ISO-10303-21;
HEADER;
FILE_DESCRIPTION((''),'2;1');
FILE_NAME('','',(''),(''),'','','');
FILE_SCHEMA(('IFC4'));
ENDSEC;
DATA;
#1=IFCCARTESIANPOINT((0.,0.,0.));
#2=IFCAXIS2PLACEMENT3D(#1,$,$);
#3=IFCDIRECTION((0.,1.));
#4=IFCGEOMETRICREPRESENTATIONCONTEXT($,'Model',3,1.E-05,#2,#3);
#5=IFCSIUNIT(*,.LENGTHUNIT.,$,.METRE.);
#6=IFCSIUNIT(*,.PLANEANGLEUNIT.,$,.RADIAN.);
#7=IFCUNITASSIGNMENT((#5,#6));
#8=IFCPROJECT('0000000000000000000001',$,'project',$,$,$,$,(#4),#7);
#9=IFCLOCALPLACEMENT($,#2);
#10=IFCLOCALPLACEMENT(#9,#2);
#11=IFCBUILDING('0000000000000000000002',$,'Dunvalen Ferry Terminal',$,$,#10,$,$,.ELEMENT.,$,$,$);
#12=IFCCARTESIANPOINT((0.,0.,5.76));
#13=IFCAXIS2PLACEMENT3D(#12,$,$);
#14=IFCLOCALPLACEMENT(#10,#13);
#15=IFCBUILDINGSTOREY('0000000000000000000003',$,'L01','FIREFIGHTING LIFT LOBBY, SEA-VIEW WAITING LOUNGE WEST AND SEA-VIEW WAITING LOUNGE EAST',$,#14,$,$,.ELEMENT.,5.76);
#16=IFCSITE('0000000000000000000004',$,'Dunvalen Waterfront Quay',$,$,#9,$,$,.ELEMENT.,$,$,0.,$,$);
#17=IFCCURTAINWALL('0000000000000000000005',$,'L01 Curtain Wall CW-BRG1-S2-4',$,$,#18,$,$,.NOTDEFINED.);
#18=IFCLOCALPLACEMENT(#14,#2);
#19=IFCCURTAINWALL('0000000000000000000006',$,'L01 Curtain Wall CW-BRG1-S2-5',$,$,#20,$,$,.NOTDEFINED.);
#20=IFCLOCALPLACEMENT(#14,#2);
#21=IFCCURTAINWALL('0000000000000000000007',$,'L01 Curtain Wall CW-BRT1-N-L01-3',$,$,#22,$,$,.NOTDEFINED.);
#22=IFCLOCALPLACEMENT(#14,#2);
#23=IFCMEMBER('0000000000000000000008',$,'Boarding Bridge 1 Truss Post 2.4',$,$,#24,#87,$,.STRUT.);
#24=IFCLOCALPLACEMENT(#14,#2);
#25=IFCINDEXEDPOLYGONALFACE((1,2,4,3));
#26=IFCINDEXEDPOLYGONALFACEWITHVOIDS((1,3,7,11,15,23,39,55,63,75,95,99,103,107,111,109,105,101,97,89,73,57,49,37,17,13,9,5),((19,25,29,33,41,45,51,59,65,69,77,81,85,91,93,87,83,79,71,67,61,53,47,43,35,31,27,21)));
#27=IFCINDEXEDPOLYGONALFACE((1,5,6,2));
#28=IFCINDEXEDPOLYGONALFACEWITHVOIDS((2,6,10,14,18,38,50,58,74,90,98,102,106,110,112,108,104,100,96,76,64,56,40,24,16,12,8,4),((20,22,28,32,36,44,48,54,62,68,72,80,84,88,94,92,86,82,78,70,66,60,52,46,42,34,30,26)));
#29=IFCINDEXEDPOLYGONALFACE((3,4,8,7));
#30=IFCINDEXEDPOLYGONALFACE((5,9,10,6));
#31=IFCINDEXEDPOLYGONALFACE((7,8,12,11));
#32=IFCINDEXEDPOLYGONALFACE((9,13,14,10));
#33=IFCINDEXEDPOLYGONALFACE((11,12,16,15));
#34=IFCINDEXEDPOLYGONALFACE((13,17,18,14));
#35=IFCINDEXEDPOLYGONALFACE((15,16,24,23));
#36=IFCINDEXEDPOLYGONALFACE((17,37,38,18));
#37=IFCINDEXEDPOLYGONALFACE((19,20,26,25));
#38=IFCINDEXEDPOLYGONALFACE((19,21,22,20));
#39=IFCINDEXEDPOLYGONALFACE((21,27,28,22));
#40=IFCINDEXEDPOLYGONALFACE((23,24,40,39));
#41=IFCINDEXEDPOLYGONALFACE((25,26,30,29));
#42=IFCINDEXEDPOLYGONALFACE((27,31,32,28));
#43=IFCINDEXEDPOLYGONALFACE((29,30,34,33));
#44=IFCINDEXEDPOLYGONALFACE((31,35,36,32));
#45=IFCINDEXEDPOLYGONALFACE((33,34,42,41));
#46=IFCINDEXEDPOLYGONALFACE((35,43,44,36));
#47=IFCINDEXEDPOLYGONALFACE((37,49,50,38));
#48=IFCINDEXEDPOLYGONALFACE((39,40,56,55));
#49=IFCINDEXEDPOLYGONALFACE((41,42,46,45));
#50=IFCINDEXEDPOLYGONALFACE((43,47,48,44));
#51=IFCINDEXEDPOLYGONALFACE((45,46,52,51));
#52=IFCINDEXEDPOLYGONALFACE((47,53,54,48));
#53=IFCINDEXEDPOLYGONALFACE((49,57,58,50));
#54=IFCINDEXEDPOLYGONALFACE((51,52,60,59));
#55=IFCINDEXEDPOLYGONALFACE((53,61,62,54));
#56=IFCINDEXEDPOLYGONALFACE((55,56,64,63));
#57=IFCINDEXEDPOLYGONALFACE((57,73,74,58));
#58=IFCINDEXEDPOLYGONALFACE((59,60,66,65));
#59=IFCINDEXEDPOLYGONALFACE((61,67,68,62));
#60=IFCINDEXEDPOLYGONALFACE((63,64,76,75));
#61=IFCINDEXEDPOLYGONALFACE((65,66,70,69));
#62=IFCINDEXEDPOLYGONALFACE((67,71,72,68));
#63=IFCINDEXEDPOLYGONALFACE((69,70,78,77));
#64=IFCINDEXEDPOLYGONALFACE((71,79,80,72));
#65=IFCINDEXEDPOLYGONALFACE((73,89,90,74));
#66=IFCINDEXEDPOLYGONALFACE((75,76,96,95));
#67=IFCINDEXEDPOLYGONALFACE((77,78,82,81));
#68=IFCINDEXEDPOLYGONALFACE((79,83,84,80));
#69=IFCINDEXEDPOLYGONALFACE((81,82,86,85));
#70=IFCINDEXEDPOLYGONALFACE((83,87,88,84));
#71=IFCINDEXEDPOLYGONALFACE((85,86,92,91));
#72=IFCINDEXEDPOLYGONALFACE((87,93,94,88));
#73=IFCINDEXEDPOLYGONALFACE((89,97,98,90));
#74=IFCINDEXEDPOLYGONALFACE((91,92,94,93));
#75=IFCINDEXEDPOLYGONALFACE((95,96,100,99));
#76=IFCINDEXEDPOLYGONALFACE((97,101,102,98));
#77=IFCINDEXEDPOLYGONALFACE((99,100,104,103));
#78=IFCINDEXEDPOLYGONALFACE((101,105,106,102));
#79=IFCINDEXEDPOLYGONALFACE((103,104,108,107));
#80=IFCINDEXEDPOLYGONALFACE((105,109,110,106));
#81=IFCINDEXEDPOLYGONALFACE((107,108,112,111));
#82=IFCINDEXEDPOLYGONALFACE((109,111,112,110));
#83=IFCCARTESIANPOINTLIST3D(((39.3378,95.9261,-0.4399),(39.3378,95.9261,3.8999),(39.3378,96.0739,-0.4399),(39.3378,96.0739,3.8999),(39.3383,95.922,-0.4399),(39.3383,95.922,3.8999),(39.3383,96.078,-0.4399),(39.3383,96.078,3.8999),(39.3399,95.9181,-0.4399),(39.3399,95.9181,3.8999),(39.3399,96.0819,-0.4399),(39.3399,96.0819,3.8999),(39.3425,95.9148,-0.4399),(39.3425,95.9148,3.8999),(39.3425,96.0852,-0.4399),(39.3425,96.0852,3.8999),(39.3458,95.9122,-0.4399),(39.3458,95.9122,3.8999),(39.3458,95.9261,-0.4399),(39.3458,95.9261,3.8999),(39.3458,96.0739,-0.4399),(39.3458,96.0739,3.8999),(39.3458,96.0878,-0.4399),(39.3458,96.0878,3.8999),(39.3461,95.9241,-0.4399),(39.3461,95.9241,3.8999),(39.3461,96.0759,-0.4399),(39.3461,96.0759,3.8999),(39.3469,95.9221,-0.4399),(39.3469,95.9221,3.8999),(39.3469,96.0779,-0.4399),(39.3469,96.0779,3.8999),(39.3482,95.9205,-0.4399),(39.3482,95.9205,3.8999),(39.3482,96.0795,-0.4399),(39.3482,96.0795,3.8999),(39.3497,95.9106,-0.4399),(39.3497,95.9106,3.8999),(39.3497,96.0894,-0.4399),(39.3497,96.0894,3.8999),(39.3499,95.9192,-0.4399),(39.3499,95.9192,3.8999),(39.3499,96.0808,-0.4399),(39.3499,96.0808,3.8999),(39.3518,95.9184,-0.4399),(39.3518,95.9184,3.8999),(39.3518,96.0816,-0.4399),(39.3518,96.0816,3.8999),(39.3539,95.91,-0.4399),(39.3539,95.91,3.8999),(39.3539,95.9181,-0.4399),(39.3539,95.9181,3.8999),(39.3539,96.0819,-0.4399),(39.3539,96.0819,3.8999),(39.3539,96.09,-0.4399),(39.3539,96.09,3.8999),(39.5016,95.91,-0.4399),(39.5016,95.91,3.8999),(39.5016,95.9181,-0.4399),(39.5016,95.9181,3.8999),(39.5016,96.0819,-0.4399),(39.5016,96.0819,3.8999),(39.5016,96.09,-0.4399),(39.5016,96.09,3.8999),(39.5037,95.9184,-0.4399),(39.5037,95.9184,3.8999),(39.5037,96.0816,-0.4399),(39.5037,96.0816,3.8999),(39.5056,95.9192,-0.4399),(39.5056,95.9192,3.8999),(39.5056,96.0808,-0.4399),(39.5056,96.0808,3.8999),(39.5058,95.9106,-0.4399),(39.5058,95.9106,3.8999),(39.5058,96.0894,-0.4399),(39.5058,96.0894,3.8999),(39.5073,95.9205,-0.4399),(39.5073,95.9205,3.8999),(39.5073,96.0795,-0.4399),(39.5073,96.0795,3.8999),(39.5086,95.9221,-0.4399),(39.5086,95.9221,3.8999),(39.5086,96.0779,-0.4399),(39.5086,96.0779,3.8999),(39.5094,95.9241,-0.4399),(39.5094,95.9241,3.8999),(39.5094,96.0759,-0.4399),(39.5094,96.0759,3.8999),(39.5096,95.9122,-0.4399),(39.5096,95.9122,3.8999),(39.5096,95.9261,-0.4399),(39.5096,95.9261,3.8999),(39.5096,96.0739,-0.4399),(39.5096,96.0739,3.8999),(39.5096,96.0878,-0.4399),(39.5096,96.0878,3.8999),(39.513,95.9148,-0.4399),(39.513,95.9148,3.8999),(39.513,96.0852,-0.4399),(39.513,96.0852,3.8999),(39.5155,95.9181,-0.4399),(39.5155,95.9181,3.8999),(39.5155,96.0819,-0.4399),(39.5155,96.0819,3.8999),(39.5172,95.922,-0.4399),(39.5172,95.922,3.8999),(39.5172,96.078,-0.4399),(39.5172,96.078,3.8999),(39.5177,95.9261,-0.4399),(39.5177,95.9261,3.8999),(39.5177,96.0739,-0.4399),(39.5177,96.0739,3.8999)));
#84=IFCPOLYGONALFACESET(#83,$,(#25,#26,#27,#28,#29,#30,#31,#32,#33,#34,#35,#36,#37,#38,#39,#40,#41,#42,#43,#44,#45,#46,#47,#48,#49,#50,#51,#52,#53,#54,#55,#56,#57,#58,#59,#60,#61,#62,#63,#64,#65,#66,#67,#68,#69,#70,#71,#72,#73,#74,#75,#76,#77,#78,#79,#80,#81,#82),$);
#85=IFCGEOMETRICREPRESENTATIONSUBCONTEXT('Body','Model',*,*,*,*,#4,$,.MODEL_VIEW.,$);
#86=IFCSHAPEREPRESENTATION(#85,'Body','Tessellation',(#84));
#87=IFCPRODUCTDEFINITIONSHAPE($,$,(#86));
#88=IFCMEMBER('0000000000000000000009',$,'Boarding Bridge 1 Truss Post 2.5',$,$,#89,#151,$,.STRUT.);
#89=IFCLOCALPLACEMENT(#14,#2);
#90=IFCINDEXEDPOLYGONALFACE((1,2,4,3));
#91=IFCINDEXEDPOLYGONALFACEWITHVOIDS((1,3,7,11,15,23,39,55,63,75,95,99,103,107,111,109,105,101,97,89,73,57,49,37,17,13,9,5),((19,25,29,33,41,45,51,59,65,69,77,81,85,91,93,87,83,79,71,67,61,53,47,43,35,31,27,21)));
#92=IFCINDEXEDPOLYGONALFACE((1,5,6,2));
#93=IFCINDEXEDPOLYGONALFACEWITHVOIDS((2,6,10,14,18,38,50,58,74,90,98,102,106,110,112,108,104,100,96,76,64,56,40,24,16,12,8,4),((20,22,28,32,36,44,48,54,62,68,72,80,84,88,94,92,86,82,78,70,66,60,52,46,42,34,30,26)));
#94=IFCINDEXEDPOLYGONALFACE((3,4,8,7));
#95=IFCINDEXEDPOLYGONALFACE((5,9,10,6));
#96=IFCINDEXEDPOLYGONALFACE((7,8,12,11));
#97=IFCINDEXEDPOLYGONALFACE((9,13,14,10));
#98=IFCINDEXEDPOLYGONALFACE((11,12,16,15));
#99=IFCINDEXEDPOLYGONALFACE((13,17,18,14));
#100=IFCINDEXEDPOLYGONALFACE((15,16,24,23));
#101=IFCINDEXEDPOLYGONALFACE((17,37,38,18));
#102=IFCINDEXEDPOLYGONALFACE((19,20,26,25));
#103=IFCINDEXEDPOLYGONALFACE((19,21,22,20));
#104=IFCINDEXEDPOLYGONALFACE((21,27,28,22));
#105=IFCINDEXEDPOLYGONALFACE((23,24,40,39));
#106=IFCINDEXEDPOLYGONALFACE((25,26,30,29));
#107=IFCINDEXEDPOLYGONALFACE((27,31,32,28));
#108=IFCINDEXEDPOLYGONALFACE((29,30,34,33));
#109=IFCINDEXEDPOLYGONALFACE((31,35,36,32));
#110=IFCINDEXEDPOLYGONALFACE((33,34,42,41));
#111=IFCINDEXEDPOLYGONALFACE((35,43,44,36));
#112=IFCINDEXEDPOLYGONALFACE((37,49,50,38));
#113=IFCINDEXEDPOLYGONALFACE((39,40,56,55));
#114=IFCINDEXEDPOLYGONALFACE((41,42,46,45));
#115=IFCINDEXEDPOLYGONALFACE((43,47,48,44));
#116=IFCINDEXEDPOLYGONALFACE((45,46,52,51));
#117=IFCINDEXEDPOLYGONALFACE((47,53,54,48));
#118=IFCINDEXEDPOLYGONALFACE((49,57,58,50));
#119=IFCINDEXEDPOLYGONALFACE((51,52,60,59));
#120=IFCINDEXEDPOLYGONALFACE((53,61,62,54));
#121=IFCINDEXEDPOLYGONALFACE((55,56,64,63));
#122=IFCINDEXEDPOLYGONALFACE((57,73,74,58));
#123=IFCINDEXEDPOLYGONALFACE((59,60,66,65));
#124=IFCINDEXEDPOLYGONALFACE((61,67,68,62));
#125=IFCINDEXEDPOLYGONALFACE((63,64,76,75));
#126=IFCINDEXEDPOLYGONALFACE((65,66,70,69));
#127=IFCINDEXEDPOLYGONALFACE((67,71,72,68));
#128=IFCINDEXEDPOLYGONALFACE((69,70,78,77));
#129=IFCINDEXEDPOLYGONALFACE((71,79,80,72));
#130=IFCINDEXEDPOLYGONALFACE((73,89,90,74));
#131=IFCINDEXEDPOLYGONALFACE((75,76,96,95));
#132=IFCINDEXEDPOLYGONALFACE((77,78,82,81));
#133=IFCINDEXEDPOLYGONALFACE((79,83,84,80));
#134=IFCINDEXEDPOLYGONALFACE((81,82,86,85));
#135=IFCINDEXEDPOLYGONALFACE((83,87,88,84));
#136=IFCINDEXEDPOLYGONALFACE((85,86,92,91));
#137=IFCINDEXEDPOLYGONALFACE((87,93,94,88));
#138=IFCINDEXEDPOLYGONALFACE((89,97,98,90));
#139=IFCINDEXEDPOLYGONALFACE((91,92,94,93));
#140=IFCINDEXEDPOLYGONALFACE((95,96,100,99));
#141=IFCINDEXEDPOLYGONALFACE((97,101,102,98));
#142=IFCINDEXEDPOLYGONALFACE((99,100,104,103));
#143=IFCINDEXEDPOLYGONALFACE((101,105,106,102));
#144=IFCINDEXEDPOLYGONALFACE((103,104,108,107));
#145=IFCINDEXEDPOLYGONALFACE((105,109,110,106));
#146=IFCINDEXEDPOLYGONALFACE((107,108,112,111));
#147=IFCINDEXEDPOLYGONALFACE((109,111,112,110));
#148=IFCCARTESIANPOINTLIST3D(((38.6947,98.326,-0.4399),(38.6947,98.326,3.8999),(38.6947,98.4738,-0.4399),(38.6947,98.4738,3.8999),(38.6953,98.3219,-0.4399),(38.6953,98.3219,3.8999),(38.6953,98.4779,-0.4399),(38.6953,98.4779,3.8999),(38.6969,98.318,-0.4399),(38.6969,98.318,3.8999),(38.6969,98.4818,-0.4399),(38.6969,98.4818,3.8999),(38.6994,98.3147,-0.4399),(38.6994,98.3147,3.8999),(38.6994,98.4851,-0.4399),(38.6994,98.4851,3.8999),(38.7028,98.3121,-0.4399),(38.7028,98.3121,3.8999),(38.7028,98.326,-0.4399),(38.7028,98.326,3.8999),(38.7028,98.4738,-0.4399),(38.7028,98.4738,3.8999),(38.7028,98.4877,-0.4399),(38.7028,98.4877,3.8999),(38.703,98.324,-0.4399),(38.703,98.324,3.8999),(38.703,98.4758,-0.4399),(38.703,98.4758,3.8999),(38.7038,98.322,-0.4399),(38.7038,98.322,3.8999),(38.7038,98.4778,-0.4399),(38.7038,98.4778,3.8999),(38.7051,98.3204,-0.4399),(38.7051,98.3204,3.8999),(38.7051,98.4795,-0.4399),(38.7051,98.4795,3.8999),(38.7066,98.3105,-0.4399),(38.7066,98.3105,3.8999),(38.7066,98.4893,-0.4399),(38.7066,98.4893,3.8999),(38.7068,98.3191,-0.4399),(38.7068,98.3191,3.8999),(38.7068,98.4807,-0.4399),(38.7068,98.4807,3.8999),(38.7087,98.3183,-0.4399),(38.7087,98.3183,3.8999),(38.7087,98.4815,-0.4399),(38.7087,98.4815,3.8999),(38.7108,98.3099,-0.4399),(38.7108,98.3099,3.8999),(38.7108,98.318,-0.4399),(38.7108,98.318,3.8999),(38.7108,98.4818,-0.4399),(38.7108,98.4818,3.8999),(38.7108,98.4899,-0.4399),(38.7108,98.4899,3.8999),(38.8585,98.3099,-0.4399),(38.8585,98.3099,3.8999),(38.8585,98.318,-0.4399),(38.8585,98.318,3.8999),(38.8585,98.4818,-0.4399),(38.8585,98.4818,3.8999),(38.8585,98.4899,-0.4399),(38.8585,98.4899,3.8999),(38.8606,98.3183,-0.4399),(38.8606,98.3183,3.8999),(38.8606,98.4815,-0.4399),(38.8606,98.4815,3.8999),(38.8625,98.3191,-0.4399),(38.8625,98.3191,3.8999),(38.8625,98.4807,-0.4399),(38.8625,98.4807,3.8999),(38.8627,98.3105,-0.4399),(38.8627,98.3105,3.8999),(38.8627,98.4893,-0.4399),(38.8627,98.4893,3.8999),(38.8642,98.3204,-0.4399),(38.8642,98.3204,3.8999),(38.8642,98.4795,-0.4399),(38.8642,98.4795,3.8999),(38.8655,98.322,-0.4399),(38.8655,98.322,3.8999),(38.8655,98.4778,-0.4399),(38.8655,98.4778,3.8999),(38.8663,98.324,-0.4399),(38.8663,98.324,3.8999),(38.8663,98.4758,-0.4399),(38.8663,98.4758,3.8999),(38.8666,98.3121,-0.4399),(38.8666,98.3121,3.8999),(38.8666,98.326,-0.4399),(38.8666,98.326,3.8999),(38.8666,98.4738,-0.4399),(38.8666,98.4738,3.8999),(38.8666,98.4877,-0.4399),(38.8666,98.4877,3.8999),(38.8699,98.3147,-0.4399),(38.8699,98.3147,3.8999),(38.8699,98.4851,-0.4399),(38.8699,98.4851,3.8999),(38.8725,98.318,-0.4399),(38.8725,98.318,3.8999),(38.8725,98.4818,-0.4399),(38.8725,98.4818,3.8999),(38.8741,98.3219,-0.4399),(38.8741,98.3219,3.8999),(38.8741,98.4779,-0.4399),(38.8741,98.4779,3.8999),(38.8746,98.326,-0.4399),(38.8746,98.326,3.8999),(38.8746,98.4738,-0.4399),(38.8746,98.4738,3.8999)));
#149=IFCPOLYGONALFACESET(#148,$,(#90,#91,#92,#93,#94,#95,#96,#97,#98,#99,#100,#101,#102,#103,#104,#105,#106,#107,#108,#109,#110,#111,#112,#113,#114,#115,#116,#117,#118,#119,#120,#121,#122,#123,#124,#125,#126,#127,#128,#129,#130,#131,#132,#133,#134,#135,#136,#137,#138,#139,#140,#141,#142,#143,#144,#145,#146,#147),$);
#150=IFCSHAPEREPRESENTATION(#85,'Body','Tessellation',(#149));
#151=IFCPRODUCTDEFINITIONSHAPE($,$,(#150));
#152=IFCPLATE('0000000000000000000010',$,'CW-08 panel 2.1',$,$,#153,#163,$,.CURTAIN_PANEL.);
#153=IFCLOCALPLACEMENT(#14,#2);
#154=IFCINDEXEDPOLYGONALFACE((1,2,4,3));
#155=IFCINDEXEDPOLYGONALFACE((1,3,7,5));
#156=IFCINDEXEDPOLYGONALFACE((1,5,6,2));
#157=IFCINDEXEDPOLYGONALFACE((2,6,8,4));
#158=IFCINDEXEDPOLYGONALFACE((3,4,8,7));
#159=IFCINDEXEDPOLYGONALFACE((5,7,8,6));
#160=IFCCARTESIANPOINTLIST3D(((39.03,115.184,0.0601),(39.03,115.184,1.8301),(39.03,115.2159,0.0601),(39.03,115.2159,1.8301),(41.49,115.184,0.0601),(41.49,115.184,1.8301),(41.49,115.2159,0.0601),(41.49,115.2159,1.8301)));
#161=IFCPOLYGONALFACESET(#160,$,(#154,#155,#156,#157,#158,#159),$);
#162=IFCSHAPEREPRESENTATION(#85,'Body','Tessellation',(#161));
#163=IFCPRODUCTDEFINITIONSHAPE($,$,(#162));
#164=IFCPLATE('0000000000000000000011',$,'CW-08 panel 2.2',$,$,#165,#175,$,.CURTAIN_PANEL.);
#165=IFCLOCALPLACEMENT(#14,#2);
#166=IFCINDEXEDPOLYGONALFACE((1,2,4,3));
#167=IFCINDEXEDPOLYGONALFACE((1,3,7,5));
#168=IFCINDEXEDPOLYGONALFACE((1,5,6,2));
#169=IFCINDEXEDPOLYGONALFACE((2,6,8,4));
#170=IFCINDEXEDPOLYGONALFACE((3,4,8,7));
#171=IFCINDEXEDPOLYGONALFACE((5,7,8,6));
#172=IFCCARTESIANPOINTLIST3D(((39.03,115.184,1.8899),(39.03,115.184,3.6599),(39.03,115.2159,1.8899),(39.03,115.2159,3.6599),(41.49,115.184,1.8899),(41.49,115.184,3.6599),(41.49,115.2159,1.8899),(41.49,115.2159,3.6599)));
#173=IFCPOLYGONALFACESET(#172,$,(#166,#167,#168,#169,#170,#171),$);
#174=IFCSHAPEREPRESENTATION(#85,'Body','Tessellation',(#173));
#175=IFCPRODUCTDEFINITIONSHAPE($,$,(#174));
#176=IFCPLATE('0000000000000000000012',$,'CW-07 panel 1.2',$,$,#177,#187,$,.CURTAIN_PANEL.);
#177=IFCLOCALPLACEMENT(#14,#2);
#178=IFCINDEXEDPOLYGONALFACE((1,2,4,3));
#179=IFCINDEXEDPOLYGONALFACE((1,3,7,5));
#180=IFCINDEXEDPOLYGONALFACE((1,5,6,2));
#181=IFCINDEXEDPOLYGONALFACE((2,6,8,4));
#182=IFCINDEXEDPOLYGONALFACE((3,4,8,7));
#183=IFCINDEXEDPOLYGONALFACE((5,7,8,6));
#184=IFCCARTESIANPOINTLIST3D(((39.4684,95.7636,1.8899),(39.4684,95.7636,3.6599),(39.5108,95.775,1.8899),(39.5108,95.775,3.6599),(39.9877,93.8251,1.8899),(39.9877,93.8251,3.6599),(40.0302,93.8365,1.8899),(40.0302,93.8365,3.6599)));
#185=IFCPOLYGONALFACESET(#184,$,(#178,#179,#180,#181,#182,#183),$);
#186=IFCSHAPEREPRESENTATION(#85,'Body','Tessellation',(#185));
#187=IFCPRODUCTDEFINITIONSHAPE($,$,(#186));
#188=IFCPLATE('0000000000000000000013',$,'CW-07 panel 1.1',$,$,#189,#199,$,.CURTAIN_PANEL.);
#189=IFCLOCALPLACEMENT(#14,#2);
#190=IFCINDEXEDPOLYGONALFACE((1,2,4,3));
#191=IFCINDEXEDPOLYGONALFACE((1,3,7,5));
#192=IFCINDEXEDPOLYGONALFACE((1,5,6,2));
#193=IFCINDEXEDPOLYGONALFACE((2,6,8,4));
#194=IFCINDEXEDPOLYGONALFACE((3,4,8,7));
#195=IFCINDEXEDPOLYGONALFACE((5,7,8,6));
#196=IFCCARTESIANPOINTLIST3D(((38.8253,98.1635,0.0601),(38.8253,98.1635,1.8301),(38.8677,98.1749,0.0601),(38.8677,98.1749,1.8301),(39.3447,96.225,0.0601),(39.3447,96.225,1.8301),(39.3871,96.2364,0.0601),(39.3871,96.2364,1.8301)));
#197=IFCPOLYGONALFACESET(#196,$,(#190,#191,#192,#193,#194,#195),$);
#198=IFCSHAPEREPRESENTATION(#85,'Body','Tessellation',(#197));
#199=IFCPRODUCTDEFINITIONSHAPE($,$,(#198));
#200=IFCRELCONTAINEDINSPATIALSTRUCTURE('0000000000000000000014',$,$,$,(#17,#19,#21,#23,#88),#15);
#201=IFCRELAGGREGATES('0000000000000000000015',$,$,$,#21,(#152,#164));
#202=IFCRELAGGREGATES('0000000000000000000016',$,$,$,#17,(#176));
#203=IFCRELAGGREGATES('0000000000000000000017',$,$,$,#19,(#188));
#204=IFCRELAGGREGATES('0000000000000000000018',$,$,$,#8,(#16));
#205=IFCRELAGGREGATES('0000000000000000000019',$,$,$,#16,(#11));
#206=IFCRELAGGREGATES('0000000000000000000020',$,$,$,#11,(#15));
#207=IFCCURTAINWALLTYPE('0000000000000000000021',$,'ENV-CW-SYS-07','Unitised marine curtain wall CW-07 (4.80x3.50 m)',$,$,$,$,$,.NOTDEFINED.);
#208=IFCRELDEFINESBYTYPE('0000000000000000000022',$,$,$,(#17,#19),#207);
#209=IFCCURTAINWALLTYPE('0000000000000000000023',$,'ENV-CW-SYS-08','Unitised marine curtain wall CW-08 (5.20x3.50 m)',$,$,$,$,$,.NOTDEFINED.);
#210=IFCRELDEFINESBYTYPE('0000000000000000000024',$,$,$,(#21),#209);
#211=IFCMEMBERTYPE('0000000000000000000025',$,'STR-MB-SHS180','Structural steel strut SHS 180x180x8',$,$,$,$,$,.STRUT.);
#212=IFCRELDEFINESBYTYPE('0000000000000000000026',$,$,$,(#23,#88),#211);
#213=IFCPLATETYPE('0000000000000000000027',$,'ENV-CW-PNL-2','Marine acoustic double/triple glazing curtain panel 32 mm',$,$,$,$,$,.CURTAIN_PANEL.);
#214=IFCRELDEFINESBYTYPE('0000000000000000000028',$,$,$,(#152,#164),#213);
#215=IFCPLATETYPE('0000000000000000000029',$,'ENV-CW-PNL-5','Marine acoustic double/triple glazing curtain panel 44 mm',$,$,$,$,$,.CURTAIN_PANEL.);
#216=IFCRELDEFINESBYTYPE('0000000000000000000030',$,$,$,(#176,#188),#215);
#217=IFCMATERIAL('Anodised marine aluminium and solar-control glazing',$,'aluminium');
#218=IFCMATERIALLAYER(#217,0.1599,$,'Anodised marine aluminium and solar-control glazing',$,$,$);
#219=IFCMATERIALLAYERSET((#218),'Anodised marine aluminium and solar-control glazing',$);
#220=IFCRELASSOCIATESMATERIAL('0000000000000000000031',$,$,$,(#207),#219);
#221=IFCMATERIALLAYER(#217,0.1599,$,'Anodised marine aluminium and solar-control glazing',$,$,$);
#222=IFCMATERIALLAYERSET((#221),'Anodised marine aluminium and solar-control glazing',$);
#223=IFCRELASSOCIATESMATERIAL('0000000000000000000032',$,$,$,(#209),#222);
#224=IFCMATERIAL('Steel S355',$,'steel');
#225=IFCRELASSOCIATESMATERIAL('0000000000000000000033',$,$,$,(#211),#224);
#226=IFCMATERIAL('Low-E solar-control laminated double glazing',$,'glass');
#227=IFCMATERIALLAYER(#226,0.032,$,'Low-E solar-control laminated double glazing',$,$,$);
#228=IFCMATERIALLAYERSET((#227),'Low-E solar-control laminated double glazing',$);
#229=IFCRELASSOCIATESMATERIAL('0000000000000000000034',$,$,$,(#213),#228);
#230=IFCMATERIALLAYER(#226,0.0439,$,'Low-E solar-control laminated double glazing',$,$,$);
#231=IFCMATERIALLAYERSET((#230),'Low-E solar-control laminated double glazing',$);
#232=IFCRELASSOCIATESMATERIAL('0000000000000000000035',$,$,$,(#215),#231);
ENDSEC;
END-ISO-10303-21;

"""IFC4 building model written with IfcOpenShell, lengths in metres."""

from ifc_helpers import new_model, si_unit, direction, frame, origin, origin_2d, place, context, subcontext, project, spatial, rectangle, hollow_rectangle, extrude, material, layer, layer_set, material_profile, profile_set, type_object, element, aggregate, save


model = new_model("IFC4")

# Units and contexts
model_context = context("Model", 3, precision=1e-05, world=origin(), true_north=direction((0.0, 1.0)))
body_context = subcontext(model_context, "Body", "Model", "MODEL_VIEW")
ifc_project = project(units=[si_unit("LENGTHUNIT", "METRE"), si_unit("PLANEANGLEUNIT", "RADIAN")], contexts=[model_context])

# Site, building, storey
site_placement = place(None, origin())
site = spatial("IfcSite", under=ifc_project, at=site_placement, Name="Dunvalen Waterfront Quay", CompositionType="ELEMENT", RefElevation=0.0)
building_placement = place(site_placement, origin())
building = spatial("IfcBuilding", under=site, at=building_placement, Name="Dunvalen Ferry Terminal", CompositionType="ELEMENT")
storey_placement = place(building_placement, frame((0.0, 0.0, 5.76)))
storey = spatial("IfcBuildingStorey", under=building, at=storey_placement, Name="L01", Description="FIREFIGHTING LIFT LOBBY, SEA-VIEW WAITING LOUNGE WEST AND SEA-VIEW WAITING LOUNGE EAST", CompositionType="ELEMENT", Elevation=5.76)

# Curtain wall
ifc_material_1 = material(Name="Anodised marine aluminium and solar-control glazing", Category="aluminium")
ifc_layer_1 = layer(ifc_material_1, 0.1599, Name="Anodised marine aluminium and solar-control glazing")
ifc_layer_set_1 = layer_set([ifc_layer_1], Name="Anodised marine aluminium and solar-control glazing")
curtain_wall_type_1 = type_object("IfcCurtainWallType", Name="ENV-CW-SYS-07", Description="Unitised marine curtain wall CW-07 (4.80x3.50 m)", PredefinedType="NOTDEFINED", material=ifc_layer_set_1)
curtain_wall_1_placement = place(storey_placement, origin())
curtain_wall_1 = element("IfcCurtainWall", 1, at=curtain_wall_1_placement, inside=storey, type_object=curtain_wall_type_1, Name="L01 Curtain Wall CW-BRG1-S2-4", PredefinedType="NOTDEFINED")

# Curtain walls
curtain_wall_2_placement = place(storey_placement, origin())
curtain_wall_2 = element("IfcCurtainWall", 2, at=curtain_wall_2_placement, inside=storey, type_object=curtain_wall_type_1, Name="L01 Curtain Wall CW-BRG1-S2-5", PredefinedType="NOTDEFINED")
ifc_layer_2 = layer(ifc_material_1, 0.1599, Name="Anodised marine aluminium and solar-control glazing")
ifc_layer_set_2 = layer_set([ifc_layer_2], Name="Anodised marine aluminium and solar-control glazing")
curtain_wall_type_2 = type_object("IfcCurtainWallType", Name="ENV-CW-SYS-08", Description="Unitised marine curtain wall CW-08 (5.20x3.50 m)", PredefinedType="NOTDEFINED", material=ifc_layer_set_2)
curtain_wall_3_placement = place(storey_placement, origin())
curtain_wall_3 = element("IfcCurtainWall", 3, at=curtain_wall_3_placement, inside=storey, type_object=curtain_wall_type_2, Name="L01 Curtain Wall CW-BRT1-N-L01-3", PredefinedType="NOTDEFINED")

# Members
ifc_material_2 = material(Name="Steel S355", Category="steel")
ifc_material_profile_1 = material_profile(ifc_material_2, hollow_rectangle(XDim=0.1799, YDim=0.1799, WallThickness=0.0081, InnerFilletRadius=0.0081, OuterFilletRadius=0.0161, at=origin_2d()), Name="Steel S355")
ifc_profile_set_1 = profile_set([ifc_material_profile_1], Name="Steel S355")
member_type_1 = type_object("IfcMemberType", Name="STR-MB-SHS180", Description="Structural steel strut SHS 180x180x8", PredefinedType="STRUT", material=ifc_profile_set_1)
for number, where, z_axis, x_axis, name in (
    (4, (39.4277, 96.0, -0.4399), (0.0, 0.0, 1.0), (1.0, 0.0, 0.0), "Boarding Bridge 1 Truss Post 2.4"),
    (5, (38.7847, 98.3999, -0.4399), (0.0, 0.0, 1.0), (1.0, 0.0, 0.0), "Boarding Bridge 1 Truss Post 2.5"),
):
    element("IfcMember", number, at=place(storey_placement, frame(where, z_axis=z_axis, x_axis=x_axis)), inside=storey, type_object=member_type_1, Name=name, PredefinedType="STRUT", context=body_context, shape_type="SweptSolid", body=[
        extrude(hollow_rectangle(XDim=0.1799, YDim=0.1799, WallThickness=0.0081, InnerFilletRadius=0.0081, OuterFilletRadius=0.0161, at=origin_2d()), origin(), (0.0, 0.0, 1.0), 4.3398),
    ])

# Plates
ifc_material_3 = material(Name="Low-E solar-control laminated double glazing", Category="glass")
ifc_layer_3 = layer(ifc_material_3, 0.032, Name="Low-E solar-control laminated double glazing")
ifc_layer_set_3 = layer_set([ifc_layer_3], Name="Low-E solar-control laminated double glazing")
plate_type_1 = type_object("IfcPlateType", Name="ENV-CW-PNL-2", Description="Marine acoustic double/triple glazing curtain panel 32 mm", PredefinedType="CURTAIN_PANEL", material=ifc_layer_set_3)
plate_1_placement = place(storey_placement, frame((40.26, 115.2, 0.0601), z_axis=(0.0, 0.0, 1.0), x_axis=(1.0, 0.0, 0.0)))
plate_1 = element("IfcPlate", 6, at=plate_1_placement, type_object=plate_type_1, Name="CW-08 panel 2.1", PredefinedType="CURTAIN_PANEL", context=body_context, shape_type="SweptSolid", body=[
    extrude(rectangle(XDim=2.46, YDim=0.032, at=origin_2d()), origin(), (0.0, 0.0, 1.0), 1.77),
])
plate_2_placement = place(storey_placement, frame((40.26, 115.2, 1.8899), z_axis=(0.0, 0.0, 1.0), x_axis=(1.0, 0.0, 0.0)))
plate_2 = element("IfcPlate", 7, at=plate_2_placement, type_object=plate_type_1, Name="CW-08 panel 2.2", PredefinedType="CURTAIN_PANEL", context=body_context, shape_type="SweptSolid", body=[
    extrude(rectangle(XDim=2.46, YDim=0.032, at=origin_2d()), origin(), (0.0, 0.0, 1.0), 1.77),
])
aggregate(curtain_wall_3, [plate_1, plate_2])
ifc_layer_4 = layer(ifc_material_3, 0.0439, Name="Low-E solar-control laminated double glazing")
ifc_layer_set_4 = layer_set([ifc_layer_4], Name="Low-E solar-control laminated double glazing")
plate_type_2 = type_object("IfcPlateType", Name="ENV-CW-PNL-5", Description="Marine acoustic double/triple glazing curtain panel 44 mm", PredefinedType="CURTAIN_PANEL", material=ifc_layer_set_4)
plate_3_placement = place(storey_placement, frame((39.7493, 94.8, 1.8899), z_axis=(0.0, 0.0, 1.0), x_axis=(-0.258786, 0.965935, 0.0)))
plate_3 = element("IfcPlate", 8, at=plate_3_placement, type_object=plate_type_2, Name="CW-07 panel 1.2", PredefinedType="CURTAIN_PANEL", context=body_context, shape_type="SweptSolid", body=[
    extrude(rectangle(XDim=2.0068, YDim=0.0439, at=origin_2d()), origin(), (0.0, 0.0, 1.0), 1.77),
])
aggregate(curtain_wall_1, [plate_3])
plate_4_placement = place(storey_placement, frame((39.1062, 97.2, 0.0601), z_axis=(0.0, 0.0, 1.0), x_axis=(-0.25883, 0.965923, 0.0)))
plate_4 = element("IfcPlate", 9, at=plate_4_placement, type_object=plate_type_2, Name="CW-07 panel 1.1", PredefinedType="CURTAIN_PANEL", context=body_context, shape_type="SweptSolid", body=[
    extrude(rectangle(XDim=2.0068, YDim=0.0439, at=origin_2d()), origin(), (0.0, 0.0, 1.0), 1.77),
])
aggregate(curtain_wall_2, [plate_4])

save(model, "model.ifc")
